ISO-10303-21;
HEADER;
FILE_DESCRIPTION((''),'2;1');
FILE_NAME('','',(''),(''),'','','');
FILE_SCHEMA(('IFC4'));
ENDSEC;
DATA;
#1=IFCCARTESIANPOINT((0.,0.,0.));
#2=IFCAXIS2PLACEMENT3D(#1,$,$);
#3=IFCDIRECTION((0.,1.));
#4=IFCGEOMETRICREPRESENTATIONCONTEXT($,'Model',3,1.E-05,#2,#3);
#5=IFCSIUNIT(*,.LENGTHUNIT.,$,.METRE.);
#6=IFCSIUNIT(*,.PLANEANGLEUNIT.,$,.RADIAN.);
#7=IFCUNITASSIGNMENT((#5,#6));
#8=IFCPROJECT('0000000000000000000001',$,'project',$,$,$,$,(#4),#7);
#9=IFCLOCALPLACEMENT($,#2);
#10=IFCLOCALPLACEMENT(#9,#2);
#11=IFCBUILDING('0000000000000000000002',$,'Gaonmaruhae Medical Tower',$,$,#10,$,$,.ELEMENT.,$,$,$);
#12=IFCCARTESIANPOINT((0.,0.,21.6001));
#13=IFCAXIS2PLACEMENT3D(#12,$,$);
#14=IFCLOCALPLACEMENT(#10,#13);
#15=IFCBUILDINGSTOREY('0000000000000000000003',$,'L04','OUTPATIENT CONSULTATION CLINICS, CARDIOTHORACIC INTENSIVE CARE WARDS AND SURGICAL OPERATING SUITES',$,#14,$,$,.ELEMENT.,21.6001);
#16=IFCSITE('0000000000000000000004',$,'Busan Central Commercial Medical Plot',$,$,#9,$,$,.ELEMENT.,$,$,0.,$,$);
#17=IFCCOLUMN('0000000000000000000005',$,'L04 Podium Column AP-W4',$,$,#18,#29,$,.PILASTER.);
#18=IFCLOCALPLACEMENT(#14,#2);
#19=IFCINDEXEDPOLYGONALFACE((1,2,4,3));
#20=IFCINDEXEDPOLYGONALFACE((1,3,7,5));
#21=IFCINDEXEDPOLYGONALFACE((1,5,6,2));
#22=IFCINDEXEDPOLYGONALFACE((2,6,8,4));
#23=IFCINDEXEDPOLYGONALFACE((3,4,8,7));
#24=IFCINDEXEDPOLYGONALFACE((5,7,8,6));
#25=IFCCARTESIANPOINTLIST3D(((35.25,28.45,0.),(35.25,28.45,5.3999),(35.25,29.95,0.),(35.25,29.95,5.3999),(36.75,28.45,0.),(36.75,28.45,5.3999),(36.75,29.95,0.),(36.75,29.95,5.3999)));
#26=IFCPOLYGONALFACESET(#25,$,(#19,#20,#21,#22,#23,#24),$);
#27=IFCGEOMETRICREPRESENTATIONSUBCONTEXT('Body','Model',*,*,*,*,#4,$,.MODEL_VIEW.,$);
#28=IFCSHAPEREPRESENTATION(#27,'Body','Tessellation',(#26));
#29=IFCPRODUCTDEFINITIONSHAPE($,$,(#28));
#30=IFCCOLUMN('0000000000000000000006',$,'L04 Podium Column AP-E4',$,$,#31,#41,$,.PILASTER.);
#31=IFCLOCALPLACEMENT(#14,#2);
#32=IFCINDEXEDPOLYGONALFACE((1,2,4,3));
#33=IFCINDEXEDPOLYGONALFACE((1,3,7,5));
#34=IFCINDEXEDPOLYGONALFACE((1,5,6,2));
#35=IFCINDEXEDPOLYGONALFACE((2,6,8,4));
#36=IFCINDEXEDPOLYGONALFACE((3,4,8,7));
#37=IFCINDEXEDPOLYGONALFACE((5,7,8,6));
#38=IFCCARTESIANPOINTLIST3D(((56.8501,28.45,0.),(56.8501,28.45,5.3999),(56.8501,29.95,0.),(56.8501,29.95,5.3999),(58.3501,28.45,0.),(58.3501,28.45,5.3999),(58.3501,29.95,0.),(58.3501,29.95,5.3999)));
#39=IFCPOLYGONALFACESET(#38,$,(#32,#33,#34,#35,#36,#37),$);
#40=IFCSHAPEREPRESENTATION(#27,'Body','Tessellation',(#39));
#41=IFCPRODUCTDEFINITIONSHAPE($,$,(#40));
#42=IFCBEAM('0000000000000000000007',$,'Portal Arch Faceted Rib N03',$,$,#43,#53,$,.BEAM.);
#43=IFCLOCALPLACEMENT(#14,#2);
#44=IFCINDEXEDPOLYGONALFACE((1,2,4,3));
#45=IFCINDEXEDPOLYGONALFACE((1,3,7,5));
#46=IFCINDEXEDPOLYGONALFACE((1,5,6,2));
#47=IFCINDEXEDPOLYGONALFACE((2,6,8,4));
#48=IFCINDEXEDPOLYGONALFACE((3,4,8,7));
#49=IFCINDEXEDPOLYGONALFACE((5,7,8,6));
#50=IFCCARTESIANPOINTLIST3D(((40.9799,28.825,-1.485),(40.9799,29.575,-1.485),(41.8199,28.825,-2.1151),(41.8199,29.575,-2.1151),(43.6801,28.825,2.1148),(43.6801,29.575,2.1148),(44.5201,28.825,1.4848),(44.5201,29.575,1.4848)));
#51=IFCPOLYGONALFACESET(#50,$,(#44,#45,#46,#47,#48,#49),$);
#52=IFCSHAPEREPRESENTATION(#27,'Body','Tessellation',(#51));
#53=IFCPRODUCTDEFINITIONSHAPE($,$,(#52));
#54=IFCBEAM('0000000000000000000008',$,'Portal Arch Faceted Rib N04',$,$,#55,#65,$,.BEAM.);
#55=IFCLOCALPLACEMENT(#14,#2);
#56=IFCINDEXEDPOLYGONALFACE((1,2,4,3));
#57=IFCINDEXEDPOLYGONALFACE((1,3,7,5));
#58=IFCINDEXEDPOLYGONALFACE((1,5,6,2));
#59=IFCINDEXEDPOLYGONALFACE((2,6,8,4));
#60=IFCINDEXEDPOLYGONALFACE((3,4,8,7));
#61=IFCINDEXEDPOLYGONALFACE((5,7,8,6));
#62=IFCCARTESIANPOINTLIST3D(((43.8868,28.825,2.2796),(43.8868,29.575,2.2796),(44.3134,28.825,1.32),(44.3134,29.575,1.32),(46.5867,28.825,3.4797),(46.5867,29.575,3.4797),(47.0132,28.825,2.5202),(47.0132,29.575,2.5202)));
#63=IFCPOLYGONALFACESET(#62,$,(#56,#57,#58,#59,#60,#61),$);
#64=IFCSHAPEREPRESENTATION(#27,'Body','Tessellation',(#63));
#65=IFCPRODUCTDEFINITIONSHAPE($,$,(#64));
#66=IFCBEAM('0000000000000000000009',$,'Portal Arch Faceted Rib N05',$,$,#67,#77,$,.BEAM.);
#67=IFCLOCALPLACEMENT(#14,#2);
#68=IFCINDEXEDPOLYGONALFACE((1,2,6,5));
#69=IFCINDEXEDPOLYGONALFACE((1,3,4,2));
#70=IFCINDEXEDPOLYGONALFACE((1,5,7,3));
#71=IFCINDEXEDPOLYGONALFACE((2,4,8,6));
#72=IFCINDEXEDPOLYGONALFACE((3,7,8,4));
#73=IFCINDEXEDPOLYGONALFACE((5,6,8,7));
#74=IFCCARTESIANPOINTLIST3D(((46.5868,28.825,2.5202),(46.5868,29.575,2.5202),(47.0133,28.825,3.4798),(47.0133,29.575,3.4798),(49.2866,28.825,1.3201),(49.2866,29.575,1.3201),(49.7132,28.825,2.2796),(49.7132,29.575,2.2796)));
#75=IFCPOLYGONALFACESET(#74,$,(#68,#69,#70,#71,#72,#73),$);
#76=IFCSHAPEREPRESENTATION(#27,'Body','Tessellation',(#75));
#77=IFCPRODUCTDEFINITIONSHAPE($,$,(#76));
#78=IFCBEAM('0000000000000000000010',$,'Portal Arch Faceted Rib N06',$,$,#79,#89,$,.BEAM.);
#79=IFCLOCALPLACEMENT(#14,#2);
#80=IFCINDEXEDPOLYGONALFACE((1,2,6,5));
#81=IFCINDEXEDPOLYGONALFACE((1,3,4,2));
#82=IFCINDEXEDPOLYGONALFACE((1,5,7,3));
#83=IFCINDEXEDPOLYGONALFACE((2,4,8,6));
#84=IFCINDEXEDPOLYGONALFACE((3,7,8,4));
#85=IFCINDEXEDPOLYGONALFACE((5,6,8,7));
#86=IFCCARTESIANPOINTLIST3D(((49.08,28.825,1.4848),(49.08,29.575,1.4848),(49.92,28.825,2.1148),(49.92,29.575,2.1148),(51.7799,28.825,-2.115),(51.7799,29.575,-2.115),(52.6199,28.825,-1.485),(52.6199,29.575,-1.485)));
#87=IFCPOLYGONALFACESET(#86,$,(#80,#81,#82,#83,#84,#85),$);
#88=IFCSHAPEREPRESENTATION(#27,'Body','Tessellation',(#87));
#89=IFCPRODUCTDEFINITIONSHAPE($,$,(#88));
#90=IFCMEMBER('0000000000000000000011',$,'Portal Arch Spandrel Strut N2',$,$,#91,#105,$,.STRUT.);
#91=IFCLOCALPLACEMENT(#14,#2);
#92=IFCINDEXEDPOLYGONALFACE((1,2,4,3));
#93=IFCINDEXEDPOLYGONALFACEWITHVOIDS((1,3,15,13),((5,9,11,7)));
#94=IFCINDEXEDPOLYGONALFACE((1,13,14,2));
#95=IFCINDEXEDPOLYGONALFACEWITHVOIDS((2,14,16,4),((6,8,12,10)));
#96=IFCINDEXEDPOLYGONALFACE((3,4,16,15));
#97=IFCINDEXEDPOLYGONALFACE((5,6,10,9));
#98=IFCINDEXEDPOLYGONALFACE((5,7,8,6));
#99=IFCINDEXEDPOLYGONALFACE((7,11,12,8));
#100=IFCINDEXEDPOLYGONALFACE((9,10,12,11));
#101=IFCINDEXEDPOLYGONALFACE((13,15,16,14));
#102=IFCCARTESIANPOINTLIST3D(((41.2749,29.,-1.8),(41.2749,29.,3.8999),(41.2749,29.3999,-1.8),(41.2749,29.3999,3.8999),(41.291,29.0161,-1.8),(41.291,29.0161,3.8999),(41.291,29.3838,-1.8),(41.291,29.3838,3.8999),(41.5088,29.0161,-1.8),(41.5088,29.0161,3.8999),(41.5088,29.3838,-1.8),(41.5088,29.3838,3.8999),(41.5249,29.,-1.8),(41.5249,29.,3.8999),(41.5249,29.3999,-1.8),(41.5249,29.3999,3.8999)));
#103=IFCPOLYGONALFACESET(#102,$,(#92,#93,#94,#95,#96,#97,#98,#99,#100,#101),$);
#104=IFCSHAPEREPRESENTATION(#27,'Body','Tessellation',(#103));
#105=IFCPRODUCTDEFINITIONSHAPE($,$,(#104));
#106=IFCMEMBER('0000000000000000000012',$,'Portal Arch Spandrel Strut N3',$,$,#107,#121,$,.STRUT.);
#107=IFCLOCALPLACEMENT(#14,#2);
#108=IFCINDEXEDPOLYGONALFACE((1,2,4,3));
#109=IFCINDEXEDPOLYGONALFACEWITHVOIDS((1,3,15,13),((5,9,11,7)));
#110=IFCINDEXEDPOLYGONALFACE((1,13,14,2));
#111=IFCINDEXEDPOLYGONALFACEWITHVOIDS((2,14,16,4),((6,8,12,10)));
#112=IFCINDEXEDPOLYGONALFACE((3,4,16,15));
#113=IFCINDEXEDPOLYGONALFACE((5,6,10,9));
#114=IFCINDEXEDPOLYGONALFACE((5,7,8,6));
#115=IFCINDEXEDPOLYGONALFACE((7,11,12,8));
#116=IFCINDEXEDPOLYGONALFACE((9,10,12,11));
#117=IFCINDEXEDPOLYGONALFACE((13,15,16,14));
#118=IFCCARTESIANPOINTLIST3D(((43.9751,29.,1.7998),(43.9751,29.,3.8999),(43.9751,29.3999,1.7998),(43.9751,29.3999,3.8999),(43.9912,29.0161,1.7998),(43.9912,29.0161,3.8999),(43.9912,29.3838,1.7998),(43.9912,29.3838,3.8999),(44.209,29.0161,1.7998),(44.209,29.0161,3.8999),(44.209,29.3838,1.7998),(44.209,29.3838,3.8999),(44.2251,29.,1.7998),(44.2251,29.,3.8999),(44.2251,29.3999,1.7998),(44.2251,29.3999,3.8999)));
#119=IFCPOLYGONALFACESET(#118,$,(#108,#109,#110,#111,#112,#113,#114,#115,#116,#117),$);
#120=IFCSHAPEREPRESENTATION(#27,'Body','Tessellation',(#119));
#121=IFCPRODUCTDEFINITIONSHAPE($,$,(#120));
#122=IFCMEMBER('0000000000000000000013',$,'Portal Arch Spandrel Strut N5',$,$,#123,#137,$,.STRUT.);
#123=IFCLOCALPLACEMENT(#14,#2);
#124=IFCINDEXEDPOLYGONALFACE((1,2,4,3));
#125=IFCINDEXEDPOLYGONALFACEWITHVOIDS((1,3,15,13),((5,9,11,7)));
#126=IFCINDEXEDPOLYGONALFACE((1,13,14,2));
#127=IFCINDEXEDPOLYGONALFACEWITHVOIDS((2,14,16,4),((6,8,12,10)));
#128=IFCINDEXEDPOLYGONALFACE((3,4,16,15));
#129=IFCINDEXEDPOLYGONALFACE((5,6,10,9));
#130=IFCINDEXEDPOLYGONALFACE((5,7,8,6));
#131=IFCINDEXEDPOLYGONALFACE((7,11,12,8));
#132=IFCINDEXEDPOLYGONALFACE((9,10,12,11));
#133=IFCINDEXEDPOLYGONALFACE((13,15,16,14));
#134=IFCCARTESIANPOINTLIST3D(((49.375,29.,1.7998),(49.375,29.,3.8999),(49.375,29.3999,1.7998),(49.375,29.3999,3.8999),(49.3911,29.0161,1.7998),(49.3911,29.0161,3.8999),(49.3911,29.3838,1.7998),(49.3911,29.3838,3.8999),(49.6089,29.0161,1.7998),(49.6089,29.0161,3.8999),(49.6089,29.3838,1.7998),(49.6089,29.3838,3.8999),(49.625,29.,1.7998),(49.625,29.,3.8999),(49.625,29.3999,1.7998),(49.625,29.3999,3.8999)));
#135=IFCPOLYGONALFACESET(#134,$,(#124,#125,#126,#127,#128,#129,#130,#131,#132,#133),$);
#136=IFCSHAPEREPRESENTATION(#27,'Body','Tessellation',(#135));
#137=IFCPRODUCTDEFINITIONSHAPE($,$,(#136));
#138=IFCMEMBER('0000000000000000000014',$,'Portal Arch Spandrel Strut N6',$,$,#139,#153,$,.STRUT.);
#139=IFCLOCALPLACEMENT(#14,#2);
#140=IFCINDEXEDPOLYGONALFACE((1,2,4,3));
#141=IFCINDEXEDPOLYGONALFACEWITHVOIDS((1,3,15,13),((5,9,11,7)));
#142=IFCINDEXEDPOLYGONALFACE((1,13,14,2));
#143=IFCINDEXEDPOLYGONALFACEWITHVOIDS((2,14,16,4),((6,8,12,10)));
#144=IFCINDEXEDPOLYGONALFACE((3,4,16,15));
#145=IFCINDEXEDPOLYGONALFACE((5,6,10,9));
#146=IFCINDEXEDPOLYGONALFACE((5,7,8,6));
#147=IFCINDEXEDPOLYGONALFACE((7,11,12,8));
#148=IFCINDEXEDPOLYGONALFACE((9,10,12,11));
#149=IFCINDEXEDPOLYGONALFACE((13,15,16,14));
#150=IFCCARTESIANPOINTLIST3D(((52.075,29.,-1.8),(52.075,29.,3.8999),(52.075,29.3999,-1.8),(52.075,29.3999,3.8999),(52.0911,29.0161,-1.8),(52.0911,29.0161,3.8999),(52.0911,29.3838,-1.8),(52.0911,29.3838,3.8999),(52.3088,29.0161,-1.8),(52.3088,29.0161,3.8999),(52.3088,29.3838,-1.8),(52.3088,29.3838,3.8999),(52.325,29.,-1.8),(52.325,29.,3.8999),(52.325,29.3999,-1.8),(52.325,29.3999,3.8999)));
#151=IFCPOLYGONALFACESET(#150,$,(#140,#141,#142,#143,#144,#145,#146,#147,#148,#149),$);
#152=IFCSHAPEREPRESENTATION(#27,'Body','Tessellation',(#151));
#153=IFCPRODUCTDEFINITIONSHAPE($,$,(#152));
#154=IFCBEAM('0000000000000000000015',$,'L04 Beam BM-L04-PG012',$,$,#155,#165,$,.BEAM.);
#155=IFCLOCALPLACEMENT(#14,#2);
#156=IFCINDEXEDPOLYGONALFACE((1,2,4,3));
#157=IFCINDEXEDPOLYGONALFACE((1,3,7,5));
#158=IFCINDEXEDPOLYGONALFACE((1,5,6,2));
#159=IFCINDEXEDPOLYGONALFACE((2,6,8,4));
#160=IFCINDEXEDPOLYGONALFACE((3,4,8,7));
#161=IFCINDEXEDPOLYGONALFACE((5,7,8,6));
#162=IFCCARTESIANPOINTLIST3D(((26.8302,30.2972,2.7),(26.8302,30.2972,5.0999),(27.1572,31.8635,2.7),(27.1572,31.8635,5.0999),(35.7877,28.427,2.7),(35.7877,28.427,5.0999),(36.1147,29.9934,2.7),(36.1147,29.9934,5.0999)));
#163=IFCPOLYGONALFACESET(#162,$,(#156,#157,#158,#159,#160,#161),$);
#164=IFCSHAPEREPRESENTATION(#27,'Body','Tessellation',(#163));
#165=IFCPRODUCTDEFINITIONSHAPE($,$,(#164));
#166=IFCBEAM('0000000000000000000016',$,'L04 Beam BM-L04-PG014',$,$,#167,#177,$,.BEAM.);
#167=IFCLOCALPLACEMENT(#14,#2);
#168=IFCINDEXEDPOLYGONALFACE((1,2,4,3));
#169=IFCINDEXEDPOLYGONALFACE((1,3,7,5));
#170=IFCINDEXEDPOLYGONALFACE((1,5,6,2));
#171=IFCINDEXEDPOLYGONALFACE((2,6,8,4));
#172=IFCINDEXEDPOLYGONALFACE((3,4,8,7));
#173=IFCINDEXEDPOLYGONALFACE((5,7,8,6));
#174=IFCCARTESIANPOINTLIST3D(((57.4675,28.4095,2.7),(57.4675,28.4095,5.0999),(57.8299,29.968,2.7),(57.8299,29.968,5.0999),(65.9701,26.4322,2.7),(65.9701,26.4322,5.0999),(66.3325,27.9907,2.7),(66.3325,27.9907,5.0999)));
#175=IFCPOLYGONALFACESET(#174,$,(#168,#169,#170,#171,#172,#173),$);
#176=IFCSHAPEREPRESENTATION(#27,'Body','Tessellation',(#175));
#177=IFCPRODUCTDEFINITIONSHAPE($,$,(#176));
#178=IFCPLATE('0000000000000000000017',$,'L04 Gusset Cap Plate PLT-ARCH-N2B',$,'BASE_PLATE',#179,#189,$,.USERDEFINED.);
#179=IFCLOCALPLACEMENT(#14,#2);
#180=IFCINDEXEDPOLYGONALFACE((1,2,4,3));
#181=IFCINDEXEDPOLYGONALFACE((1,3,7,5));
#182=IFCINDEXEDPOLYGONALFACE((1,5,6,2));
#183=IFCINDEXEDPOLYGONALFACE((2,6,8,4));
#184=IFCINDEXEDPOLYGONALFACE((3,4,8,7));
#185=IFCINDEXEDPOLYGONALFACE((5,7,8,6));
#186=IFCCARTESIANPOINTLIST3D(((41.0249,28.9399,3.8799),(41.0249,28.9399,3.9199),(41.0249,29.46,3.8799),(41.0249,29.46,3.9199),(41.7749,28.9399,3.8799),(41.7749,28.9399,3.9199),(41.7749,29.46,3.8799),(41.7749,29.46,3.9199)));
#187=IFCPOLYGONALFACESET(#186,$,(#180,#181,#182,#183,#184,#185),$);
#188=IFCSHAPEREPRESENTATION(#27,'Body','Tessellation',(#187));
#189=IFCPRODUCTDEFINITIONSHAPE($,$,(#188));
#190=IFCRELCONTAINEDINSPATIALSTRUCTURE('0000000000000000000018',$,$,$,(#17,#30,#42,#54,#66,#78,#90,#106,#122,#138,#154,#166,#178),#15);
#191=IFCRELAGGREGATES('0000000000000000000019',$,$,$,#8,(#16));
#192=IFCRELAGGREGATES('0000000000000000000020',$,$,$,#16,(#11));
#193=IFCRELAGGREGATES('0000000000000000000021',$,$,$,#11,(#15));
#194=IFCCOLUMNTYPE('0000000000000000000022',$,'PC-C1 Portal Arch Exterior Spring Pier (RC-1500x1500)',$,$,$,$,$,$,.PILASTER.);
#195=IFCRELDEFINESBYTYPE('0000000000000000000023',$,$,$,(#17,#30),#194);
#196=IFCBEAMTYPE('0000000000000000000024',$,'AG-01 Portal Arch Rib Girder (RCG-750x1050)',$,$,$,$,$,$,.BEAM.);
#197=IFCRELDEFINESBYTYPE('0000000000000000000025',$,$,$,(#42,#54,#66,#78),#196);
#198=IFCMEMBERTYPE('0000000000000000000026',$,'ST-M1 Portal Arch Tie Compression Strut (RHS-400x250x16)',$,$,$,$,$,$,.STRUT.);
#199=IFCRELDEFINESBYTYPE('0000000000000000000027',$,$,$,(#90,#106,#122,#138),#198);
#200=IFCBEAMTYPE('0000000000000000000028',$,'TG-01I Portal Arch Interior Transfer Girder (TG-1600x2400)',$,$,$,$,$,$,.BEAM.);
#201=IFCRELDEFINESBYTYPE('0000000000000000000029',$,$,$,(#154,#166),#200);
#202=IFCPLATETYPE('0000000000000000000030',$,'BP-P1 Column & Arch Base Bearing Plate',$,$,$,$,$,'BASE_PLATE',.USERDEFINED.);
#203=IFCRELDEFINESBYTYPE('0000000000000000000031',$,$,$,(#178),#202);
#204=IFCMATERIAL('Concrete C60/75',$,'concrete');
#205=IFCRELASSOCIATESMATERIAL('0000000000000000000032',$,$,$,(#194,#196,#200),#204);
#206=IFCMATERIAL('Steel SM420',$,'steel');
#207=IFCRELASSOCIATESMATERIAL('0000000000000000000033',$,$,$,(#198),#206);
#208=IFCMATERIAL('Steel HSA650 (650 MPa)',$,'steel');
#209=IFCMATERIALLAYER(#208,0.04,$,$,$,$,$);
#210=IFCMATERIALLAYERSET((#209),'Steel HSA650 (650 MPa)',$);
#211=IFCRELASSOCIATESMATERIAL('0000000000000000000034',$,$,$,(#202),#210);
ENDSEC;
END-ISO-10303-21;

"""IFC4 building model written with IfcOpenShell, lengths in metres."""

from ifc_helpers import new_model, si_unit, direction, frame, origin, origin_2d, place, context, subcontext, project, spatial, rectangle, hollow_rectangle, extrude, material, layer, layer_set, material_profile, profile_set, type_object, element, save


model = new_model("IFC4")

# Units and contexts
model_context = context("Model", 3, precision=1e-05, world=origin(), true_north=direction((0.0, 1.0)))
body_context = subcontext(model_context, "Body", "Model", "MODEL_VIEW")
ifc_project = project(units=[si_unit("LENGTHUNIT", "METRE"), si_unit("PLANEANGLEUNIT", "RADIAN")], contexts=[model_context])

# Site, building, storey
site_placement = place(None, origin())
site = spatial("IfcSite", under=ifc_project, at=site_placement, Name="Busan Central Commercial Medical Plot", CompositionType="ELEMENT", RefElevation=0.0)
building_placement = place(site_placement, origin())
building = spatial("IfcBuilding", under=site, at=building_placement, Name="Gaonmaruhae Medical Tower", CompositionType="ELEMENT")
storey_placement = place(building_placement, frame((0.0, 0.0, 21.6001)))
storey = spatial("IfcBuildingStorey", under=building, at=storey_placement, Name="L04", Description="OUTPATIENT CONSULTATION CLINICS, CARDIOTHORACIC INTENSIVE CARE WARDS AND SURGICAL OPERATING SUITES", CompositionType="ELEMENT", Elevation=21.6001)

# Columns
ifc_material_1 = material(Name="Concrete C60/75", Category="concrete")
ifc_material_profile_1 = material_profile(ifc_material_1, rectangle(XDim=1.5, YDim=1.5, at=origin_2d()), Name="RC-1500x1500")
ifc_profile_set_1 = profile_set([ifc_material_profile_1], Name="Concrete C60/75")
column_type = type_object("IfcColumnType", Name="PC-C1 Portal Arch Exterior Spring Pier (RC-1500x1500)", PredefinedType="PILASTER", material=ifc_profile_set_1)
for number, where, z_axis, x_axis, name in (
    (1, (36.0, 29.2, 0.0), (0.0, 0.0, 1.0), (1.0, 0.0, 0.0), "L04 Podium Column AP-W4"),
    (2, (57.6001, 29.2, 0.0), (0.0, 0.0, 1.0), (1.0, 0.0, 0.0), "L04 Podium Column AP-E4"),
):
    element("IfcColumn", number, at=place(storey_placement, frame(where, z_axis=z_axis, x_axis=x_axis)), inside=storey, type_object=column_type, Name=name, PredefinedType="PILASTER", context=body_context, shape_type="SweptSolid", body=[
        extrude(rectangle(XDim=1.5, YDim=1.5, at=origin_2d()), origin(), (0.0, 0.0, 1.0), 5.3999),
    ])

# Beams
ifc_material_profile_2 = material_profile(ifc_material_1, rectangle(XDim=0.75, YDim=1.05, at=origin_2d()), Name="RCG-750x1050")
ifc_profile_set_2 = profile_set([ifc_material_profile_2], Name="Concrete C60/75")
beam_type_1 = type_object("IfcBeamType", Name="AG-01 Portal Arch Rib Girder (RCG-750x1050)", PredefinedType="BEAM", material=ifc_profile_set_2)
beam_1_placement = place(storey_placement, frame((41.3999, 29.2, -1.8), z_axis=(0.600043, 0.0, 0.799967), x_axis=(0.0, 1.0, 0.0)))
element("IfcBeam", 3, at=beam_1_placement, inside=storey, type_object=beam_type_1, Name="Portal Arch Faceted Rib N03", PredefinedType="BEAM", context=body_context, shape_type="SweptSolid", body=[
    extrude(rectangle(XDim=0.75, YDim=1.05, at=origin_2d()), origin(), (0.0, 0.0, 1.0), 4.5),
])
for number, where, z_axis, x_axis, name in (
    (4, (44.1001, 29.2, 1.7998), (0.913784, 0.0, 0.4062), (0.0, 1.0, 0.0), "Portal Arch Faceted Rib N04"),
    (5, (46.8, 29.2, 3.0), (0.913784, 0.0, -0.4062), (0.0, 1.0, 0.0), "Portal Arch Faceted Rib N05"),
):
    element("IfcBeam", number, at=place(storey_placement, frame(where, z_axis=z_axis, x_axis=x_axis)), inside=storey, type_object=beam_type_1, Name=name, PredefinedType="BEAM", context=body_context, shape_type="SweptSolid", body=[
        extrude(rectangle(XDim=0.75, YDim=1.05, at=origin_2d()), origin(), (0.0, 0.0, 1.0), 2.9546),
    ])
beam_2_placement = place(storey_placement, frame((49.5, 29.2, 1.7998), z_axis=(0.600009, 0.0, -0.799993), x_axis=(0.0, 1.0, 0.0)))
element("IfcBeam", 6, at=beam_2_placement, inside=storey, type_object=beam_type_1, Name="Portal Arch Faceted Rib N06", PredefinedType="BEAM", context=body_context, shape_type="SweptSolid", body=[
    extrude(rectangle(XDim=0.75, YDim=1.05, at=origin_2d()), origin(), (0.0, 0.0, 1.0), 4.4998),
])

# Members
ifc_material_2 = material(Name="Steel SM420", Category="steel")
ifc_material_profile_3 = material_profile(ifc_material_2, hollow_rectangle(XDim=0.25, YDim=0.3999, WallThickness=0.0161, at=origin_2d()), Name="RHS-400x250x16")
ifc_profile_set_3 = profile_set([ifc_material_profile_3], Name="Steel SM420")
member_type = type_object("IfcMemberType", Name="ST-M1 Portal Arch Tie Compression Strut (RHS-400x250x16)", PredefinedType="STRUT", material=ifc_profile_set_3)
member_1_placement = place(storey_placement, frame((41.3999, 29.2, -1.8), z_axis=(0.0, 0.0, 1.0), x_axis=(1.0, 0.0, 0.0)))
element("IfcMember", 7, at=member_1_placement, inside=storey, type_object=member_type, Name="Portal Arch Spandrel Strut N2", PredefinedType="STRUT", context=body_context, shape_type="SweptSolid", body=[
    extrude(hollow_rectangle(XDim=0.25, YDim=0.3999, WallThickness=0.0161, at=origin_2d()), origin(), (0.0, 0.0, 1.0), 5.7),
])
for number, where, z_axis, x_axis, name in (
    (8, (44.1001, 29.2, 1.7998), (0.0, 0.0, 1.0), (1.0, 0.0, 0.0), "Portal Arch Spandrel Strut N3"),
    (9, (49.5, 29.2, 1.7998), (0.0, 0.0, 1.0), (1.0, 0.0, 0.0), "Portal Arch Spandrel Strut N5"),
):
    element("IfcMember", number, at=place(storey_placement, frame(where, z_axis=z_axis, x_axis=x_axis)), inside=storey, type_object=member_type, Name=name, PredefinedType="STRUT", context=body_context, shape_type="SweptSolid", body=[
        extrude(hollow_rectangle(XDim=0.25, YDim=0.3999, WallThickness=0.0161, at=origin_2d()), origin(), (0.0, 0.0, 1.0), 2.1001),
    ])
member_2_placement = place(storey_placement, frame((52.2, 29.2, -1.8), z_axis=(0.0, 0.0, 1.0), x_axis=(1.0, 0.0, 0.0)))
element("IfcMember", 10, at=member_2_placement, inside=storey, type_object=member_type, Name="Portal Arch Spandrel Strut N6", PredefinedType="STRUT", context=body_context, shape_type="SweptSolid", body=[
    extrude(hollow_rectangle(XDim=0.25, YDim=0.3999, WallThickness=0.0161, at=origin_2d()), origin(), (0.0, 0.0, 1.0), 5.7),
])

# Beams
ifc_material_profile_4 = material_profile(ifc_material_1, rectangle(XDim=1.6001, YDim=2.3999, at=origin_2d()), Name="TG-1600x2400")
ifc_profile_set_4 = profile_set([ifc_material_profile_4], Name="Concrete C60/75")
beam_type_2 = type_object("IfcBeamType", Name="TG-01I Portal Arch Interior Transfer Girder (TG-1600x2400)", PredefinedType="BEAM", material=ifc_profile_set_4)
beam_3_placement = place(storey_placement, frame((35.9512, 29.2102, 3.8999), z_axis=(-0.978894, 0.20437, 0.0), x_axis=(-0.20437, -0.978894, 0.0)))
element("IfcBeam", 11, at=beam_3_placement, inside=storey, type_object=beam_type_2, Name="L04 Beam BM-L04-PG012", PredefinedType="BEAM", context=body_context, shape_type="SweptSolid", body=[
    extrude(rectangle(XDim=1.6001, YDim=2.3999, at=origin_2d()), origin(), (0.0, 0.0, 1.0), 9.1506),
])
beam_4_placement = place(storey_placement, frame((57.6487, 29.1887, 3.8999), z_axis=(0.97401, -0.226505, 0.0), x_axis=(0.226505, 0.97401, 0.0)))
element("IfcBeam", 12, at=beam_4_placement, inside=storey, type_object=beam_type_2, Name="L04 Beam BM-L04-PG014", PredefinedType="BEAM", context=body_context, shape_type="SweptSolid", body=[
    extrude(rectangle(XDim=1.6001, YDim=2.3999, at=origin_2d()), origin(), (0.0, 0.0, 1.0), 8.7295),
])

# Plate
ifc_material_3 = material(Name="Steel HSA650 (650 MPa)", Category="steel")
ifc_layer_1 = layer(ifc_material_3, 0.04)
ifc_layer_set_1 = layer_set([ifc_layer_1], Name="Steel HSA650 (650 MPa)")
plate_type_1 = type_object("IfcPlateType", Name="BP-P1 Column & Arch Base Bearing Plate", ElementType="BASE_PLATE", PredefinedType="USERDEFINED", material=ifc_layer_set_1)
for number, where, z_axis, x_axis, name in (
    (13, (41.3999, 29.2, 3.8799), (0.0, 0.0, 1.0), (1.0, 0.0, 0.0), "L04 Gusset Cap Plate PLT-ARCH-N2B"),
):
    element("IfcPlate", number, at=place(storey_placement, frame(where, z_axis=z_axis, x_axis=x_axis)), inside=storey, type_object=plate_type_1, Name=name, ObjectType="BASE_PLATE", PredefinedType="USERDEFINED", context=body_context, shape_type="SweptSolid", body=[
        extrude(rectangle(XDim=0.75, YDim=0.52, at=origin_2d()), origin(), (0.0, 0.0, 1.0), 0.04),
    ])

save(model, "model.ifc")
